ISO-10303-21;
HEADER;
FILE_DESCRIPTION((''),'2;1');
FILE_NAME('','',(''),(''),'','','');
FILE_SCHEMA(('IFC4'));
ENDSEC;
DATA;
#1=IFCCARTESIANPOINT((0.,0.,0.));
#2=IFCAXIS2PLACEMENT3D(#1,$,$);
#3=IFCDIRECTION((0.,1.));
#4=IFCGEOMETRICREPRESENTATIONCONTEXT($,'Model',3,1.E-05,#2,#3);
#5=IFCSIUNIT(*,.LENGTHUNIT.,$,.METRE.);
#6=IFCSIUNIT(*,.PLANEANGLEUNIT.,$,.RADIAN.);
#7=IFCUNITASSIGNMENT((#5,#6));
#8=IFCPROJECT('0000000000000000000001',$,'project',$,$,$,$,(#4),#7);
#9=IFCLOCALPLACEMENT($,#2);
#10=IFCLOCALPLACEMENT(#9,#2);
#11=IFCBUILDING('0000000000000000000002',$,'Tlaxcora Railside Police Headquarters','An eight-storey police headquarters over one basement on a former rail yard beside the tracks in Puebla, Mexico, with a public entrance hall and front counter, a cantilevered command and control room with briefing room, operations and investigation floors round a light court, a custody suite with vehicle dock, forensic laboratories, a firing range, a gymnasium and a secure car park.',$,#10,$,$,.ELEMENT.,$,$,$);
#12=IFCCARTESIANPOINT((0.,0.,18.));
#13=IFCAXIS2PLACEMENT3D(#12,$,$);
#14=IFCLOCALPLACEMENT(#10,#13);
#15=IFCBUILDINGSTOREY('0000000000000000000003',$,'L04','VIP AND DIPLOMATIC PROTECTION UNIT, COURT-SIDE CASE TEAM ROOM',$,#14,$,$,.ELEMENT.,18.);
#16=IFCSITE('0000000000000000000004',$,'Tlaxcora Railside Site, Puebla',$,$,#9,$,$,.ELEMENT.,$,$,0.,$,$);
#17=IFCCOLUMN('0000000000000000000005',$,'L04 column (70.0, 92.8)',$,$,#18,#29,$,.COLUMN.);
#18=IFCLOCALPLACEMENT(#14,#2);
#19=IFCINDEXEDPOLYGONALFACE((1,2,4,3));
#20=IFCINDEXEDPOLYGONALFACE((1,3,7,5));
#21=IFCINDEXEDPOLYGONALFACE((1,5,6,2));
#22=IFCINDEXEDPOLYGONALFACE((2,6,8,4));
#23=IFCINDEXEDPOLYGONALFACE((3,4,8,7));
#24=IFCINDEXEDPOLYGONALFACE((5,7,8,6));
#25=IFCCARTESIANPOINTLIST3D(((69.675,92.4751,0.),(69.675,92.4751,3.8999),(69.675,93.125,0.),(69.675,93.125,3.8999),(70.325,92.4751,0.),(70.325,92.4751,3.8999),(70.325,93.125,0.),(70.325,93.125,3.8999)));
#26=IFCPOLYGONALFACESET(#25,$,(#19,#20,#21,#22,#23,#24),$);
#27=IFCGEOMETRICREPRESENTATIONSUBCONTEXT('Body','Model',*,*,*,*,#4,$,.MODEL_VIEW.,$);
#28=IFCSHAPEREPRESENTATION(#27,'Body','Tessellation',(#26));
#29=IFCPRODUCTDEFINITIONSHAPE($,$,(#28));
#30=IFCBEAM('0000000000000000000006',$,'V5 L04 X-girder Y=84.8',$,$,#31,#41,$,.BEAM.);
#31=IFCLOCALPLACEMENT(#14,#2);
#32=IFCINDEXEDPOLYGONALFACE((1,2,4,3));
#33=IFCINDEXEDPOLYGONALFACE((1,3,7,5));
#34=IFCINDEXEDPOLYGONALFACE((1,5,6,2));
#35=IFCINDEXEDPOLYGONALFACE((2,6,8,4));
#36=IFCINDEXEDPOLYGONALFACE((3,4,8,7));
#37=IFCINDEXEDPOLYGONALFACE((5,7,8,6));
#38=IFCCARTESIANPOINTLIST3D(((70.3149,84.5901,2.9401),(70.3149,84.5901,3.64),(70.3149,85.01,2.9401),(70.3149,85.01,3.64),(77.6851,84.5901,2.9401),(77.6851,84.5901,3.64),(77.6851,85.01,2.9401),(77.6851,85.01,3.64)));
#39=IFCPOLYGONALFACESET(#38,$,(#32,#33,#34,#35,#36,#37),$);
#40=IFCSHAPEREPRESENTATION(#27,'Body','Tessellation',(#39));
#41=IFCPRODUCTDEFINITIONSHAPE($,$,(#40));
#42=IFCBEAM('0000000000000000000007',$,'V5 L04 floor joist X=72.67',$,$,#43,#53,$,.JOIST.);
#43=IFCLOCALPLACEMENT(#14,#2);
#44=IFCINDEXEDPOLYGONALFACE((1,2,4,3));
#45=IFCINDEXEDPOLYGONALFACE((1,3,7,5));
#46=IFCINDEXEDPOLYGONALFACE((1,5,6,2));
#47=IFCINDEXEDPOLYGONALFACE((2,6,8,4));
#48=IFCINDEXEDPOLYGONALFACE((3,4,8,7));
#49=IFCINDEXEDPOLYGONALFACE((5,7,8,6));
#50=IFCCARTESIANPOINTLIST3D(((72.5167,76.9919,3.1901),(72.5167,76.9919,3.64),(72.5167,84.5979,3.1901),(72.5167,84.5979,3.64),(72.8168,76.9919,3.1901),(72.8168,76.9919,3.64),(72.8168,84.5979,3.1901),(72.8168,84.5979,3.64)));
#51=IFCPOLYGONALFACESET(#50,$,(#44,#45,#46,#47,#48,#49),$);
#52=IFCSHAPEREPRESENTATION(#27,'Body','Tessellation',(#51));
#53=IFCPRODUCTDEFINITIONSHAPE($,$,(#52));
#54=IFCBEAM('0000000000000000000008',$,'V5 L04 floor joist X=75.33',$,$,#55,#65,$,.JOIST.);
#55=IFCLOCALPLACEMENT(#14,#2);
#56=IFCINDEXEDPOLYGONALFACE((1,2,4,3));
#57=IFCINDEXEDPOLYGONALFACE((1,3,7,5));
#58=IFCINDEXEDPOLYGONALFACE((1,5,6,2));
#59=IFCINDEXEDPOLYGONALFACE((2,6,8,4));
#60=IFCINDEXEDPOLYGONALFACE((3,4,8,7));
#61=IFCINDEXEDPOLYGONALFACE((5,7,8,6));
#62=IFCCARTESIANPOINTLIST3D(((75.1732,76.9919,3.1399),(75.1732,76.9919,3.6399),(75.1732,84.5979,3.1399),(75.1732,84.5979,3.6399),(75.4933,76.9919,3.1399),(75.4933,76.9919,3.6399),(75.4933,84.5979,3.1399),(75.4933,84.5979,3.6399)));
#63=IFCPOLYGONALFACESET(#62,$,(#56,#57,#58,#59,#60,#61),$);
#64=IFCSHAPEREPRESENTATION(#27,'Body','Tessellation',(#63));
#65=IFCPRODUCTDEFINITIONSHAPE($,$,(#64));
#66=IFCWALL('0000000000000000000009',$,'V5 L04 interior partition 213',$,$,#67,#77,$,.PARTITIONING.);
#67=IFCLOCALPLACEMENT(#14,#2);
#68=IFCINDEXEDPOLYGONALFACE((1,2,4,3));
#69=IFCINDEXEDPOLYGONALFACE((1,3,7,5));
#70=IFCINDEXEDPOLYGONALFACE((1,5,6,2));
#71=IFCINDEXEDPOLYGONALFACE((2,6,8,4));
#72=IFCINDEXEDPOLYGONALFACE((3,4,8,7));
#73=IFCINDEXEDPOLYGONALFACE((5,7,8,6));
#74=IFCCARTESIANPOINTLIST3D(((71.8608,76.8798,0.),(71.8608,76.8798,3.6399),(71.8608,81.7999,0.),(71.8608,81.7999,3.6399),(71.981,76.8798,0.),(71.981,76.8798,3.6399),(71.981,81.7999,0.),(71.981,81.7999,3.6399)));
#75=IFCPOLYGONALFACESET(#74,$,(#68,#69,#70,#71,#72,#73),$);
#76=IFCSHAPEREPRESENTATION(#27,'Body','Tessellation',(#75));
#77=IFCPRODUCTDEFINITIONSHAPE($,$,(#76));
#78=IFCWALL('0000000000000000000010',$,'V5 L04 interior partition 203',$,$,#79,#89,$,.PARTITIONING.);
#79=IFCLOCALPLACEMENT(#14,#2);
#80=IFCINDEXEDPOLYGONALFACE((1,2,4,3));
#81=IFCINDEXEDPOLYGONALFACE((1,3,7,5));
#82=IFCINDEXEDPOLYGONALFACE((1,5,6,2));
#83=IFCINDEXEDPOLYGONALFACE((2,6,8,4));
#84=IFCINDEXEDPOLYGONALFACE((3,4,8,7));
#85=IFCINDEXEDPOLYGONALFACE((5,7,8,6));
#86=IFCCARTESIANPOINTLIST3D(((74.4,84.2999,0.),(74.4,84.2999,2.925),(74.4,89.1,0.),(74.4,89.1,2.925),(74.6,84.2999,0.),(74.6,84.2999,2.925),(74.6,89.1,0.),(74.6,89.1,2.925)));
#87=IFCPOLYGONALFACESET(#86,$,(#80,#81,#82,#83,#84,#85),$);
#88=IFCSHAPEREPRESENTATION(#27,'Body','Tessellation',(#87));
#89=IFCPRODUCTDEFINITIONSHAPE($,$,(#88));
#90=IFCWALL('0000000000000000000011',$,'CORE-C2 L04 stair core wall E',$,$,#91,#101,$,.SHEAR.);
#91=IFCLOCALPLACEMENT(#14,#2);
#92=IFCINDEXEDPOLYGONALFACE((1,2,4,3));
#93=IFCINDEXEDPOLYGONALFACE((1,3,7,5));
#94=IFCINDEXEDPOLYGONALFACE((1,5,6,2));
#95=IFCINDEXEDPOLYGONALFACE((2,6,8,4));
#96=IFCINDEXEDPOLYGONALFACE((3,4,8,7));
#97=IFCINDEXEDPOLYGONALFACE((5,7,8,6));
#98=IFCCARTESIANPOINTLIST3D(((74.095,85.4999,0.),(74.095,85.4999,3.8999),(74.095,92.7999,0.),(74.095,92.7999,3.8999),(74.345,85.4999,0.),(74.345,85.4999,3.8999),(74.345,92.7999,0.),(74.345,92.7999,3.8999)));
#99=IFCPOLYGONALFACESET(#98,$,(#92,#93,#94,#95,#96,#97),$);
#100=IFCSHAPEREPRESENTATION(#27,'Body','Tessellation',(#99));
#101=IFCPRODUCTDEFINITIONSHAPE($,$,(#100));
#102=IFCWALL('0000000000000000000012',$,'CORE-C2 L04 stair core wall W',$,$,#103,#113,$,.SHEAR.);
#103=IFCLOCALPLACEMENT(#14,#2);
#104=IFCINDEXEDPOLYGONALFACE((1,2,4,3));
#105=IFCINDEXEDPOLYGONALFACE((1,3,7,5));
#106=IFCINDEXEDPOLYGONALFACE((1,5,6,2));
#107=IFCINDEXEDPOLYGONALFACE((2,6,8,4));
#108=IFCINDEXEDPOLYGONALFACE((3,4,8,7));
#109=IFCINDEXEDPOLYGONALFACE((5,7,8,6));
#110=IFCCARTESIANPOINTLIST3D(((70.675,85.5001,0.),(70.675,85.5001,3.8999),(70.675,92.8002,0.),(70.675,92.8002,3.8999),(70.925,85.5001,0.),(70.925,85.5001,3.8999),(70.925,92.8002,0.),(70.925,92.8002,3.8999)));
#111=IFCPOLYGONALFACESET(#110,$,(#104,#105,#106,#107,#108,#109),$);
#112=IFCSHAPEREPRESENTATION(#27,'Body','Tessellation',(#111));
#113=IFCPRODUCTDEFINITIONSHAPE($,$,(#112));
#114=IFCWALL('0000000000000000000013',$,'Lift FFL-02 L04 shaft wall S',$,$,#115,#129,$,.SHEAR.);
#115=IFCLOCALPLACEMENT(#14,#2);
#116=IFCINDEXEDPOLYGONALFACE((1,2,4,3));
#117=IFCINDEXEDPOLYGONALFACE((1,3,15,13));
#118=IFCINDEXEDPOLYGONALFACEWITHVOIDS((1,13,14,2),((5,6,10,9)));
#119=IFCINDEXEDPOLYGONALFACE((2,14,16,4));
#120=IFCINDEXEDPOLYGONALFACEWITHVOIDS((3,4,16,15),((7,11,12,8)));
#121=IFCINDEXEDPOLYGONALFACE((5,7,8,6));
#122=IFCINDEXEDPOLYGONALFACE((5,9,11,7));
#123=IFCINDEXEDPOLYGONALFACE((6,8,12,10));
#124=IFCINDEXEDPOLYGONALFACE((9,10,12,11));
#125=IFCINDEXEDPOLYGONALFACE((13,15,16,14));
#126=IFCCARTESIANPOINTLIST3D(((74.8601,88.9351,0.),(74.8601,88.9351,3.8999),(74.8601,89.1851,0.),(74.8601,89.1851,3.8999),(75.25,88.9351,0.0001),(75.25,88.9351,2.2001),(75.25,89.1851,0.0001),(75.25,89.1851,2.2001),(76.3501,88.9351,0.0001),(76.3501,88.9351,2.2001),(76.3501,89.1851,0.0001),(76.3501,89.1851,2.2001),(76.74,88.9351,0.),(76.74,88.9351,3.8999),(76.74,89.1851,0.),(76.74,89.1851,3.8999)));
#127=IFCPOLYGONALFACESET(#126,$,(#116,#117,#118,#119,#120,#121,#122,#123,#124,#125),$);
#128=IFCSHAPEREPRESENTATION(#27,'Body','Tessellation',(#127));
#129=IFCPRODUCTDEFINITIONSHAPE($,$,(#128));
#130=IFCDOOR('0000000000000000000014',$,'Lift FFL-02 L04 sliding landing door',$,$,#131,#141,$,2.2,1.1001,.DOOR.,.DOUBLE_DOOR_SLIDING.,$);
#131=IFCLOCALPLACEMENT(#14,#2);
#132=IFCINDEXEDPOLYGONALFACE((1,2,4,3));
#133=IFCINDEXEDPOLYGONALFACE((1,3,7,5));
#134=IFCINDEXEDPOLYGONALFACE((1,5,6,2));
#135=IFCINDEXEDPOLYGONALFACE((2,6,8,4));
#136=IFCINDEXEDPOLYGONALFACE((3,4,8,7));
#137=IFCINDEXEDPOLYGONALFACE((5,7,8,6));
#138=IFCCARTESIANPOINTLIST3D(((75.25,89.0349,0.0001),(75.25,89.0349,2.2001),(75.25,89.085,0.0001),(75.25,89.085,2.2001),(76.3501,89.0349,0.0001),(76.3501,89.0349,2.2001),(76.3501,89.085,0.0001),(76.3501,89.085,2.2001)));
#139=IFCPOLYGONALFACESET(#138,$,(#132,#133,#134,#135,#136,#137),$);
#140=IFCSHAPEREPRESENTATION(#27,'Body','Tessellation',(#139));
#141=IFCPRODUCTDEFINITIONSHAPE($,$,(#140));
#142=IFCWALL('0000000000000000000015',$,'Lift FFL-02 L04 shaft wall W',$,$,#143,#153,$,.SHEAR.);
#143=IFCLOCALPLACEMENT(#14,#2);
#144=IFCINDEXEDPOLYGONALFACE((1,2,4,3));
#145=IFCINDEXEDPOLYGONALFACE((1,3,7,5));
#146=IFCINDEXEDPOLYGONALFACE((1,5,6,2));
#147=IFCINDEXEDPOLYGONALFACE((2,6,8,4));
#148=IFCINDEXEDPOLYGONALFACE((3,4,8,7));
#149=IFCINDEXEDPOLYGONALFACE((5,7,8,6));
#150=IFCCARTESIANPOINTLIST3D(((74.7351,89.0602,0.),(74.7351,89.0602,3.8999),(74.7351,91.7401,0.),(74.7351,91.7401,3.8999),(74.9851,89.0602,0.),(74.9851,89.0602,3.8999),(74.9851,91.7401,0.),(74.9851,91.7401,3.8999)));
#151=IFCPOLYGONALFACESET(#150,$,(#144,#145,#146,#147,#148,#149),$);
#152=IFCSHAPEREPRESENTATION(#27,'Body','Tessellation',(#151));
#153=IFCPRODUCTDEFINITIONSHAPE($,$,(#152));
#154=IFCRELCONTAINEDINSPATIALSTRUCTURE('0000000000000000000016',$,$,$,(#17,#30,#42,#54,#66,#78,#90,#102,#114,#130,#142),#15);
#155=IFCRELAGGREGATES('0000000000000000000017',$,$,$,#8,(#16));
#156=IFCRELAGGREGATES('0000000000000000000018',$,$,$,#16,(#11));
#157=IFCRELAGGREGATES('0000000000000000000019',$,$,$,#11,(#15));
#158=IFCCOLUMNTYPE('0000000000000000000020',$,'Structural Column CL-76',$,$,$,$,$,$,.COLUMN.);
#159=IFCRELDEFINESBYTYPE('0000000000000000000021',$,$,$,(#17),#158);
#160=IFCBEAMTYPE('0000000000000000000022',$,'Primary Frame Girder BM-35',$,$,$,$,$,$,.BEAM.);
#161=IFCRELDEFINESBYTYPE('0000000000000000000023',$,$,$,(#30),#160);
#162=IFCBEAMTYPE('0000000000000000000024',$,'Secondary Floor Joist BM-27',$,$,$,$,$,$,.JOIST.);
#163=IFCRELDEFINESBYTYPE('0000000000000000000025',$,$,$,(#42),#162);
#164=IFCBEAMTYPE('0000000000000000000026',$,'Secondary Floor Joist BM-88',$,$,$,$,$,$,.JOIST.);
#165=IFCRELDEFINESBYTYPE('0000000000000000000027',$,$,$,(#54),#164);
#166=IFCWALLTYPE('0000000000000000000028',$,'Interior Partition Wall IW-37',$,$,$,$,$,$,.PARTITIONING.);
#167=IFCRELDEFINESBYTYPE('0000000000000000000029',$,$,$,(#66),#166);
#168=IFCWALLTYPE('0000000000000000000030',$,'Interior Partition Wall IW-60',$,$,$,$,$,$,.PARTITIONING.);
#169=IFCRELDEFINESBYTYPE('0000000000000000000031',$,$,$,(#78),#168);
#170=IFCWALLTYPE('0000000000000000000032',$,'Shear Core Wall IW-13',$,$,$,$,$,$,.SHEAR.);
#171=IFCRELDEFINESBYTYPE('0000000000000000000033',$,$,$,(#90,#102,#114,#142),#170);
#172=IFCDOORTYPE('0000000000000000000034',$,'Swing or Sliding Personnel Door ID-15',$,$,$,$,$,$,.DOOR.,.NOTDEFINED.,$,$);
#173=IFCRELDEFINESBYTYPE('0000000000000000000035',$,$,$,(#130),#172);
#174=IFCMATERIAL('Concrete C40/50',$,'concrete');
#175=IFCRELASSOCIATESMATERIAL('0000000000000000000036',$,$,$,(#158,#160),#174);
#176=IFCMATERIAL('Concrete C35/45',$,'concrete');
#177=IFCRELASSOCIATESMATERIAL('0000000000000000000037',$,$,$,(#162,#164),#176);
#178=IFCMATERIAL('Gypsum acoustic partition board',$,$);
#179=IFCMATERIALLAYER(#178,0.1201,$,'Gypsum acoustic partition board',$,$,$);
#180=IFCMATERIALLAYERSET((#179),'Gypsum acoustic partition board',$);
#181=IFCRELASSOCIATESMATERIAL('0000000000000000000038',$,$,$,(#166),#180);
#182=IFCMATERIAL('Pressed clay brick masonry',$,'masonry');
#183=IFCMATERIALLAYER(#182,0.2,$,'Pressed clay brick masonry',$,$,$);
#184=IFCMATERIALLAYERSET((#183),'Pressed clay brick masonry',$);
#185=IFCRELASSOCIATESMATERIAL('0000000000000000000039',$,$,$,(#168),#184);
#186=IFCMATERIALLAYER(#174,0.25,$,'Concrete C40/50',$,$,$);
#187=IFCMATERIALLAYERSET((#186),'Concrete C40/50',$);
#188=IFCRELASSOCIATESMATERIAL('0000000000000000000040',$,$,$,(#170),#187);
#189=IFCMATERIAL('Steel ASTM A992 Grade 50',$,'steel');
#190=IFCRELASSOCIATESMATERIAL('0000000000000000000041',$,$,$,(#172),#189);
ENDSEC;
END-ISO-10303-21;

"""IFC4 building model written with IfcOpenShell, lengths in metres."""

from ifc_helpers import new_model, si_unit, direction, frame, frame_2d, origin, origin_2d, place, context, subcontext, project, spatial, rectangle, extrude, material, layer, layer_set, material_profile, profile_set, type_object, element, fill, save


model = new_model("IFC4")

# Units and contexts
model_context = context("Model", 3, precision=1e-05, world=origin(), true_north=direction((0.0, 1.0)))
body_context = subcontext(model_context, "Body", "Model", "MODEL_VIEW")
ifc_project = project(units=[si_unit("LENGTHUNIT", "METRE"), si_unit("PLANEANGLEUNIT", "RADIAN")], contexts=[model_context])

# Site, building, storey
site_placement = place(None, origin())
site = spatial("IfcSite", under=ifc_project, at=site_placement, Name="Tlaxcora Railside Site, Puebla", CompositionType="ELEMENT", RefElevation=0.0)
building_placement = place(site_placement, origin())
building = spatial("IfcBuilding", under=site, at=building_placement, Name="Tlaxcora Railside Police Headquarters", Description="An eight-storey police headquarters over one basement on a former rail yard beside the tracks in Puebla, Mexico, with a public entrance hall and front counter, a cantilevered command and control room with briefing room, operations and investigation floors round a light court, a custody suite with vehicle dock, forensic laboratories, a firing range, a gymnasium and a secure car park.", CompositionType="ELEMENT")
storey_placement = place(building_placement, frame((0.0, 0.0, 18.0)))
storey = spatial("IfcBuildingStorey", under=building, at=storey_placement, Name="L04", Description="VIP AND DIPLOMATIC PROTECTION UNIT, COURT-SIDE CASE TEAM ROOM", CompositionType="ELEMENT", Elevation=18.0)

# Column
ifc_material_1 = material(Name="Concrete C40/50", Category="concrete")
ifc_material_profile_1 = material_profile(ifc_material_1, rectangle(XDim=0.6499, YDim=0.6499, at=origin_2d()), Name="RC650X650")
ifc_profile_set_1 = profile_set([ifc_material_profile_1], Name="Concrete C40/50")
column_type = type_object("IfcColumnType", Name="Structural Column CL-76", PredefinedType="COLUMN", material=ifc_profile_set_1)
column_placement = place(storey_placement, frame((70.0, 92.8, 0.0), z_axis=(0.0, 0.0, 1.0), x_axis=(1.0, 0.0, 0.0)))
element("IfcColumn", 1, at=column_placement, inside=storey, type_object=column_type, Name="L04 column (70.0, 92.8)", PredefinedType="COLUMN", context=body_context, shape_type="SweptSolid", body=[
    extrude(rectangle(XDim=0.6499, YDim=0.6499, at=origin_2d()), origin(), (0.0, 0.0, 1.0), 3.8999),
])

# Beams
ifc_material_profile_2 = material_profile(ifc_material_1, rectangle(XDim=0.4199, YDim=0.7, at=origin_2d()), Name="RC420X700")
ifc_profile_set_2 = profile_set([ifc_material_profile_2], Name="Concrete C40/50")
beam_type_1 = type_object("IfcBeamType", Name="Primary Frame Girder BM-35", PredefinedType="BEAM", material=ifc_profile_set_2)
beam_1_placement = place(storey_placement, frame((70.3149, 84.8, 3.29), z_axis=(1.0, 0.0, 0.0), x_axis=(0.0, 1.0, 0.0)))
element("IfcBeam", 2, at=beam_1_placement, inside=storey, type_object=beam_type_1, Name="V5 L04 X-girder Y=84.8", PredefinedType="BEAM", context=body_context, shape_type="SweptSolid", body=[
    extrude(rectangle(XDim=0.4199, YDim=0.7, at=origin_2d()), origin(), (0.0, 0.0, 1.0), 7.3701),
])
ifc_material_2 = material(Name="Concrete C35/45", Category="concrete")
ifc_material_profile_3 = material_profile(ifc_material_2, rectangle(XDim=0.3, YDim=0.45, at=origin_2d()), Name="RC300X450")
ifc_profile_set_3 = profile_set([ifc_material_profile_3], Name="Concrete C35/45")
beam_type_2 = type_object("IfcBeamType", Name="Secondary Floor Joist BM-27", PredefinedType="JOIST", material=ifc_profile_set_3)
beam_2_placement = place(storey_placement, frame((72.6667, 76.9919, 3.415), z_axis=(0.0, 1.0, 0.0), x_axis=(-1.0, 0.0, 0.0)))
element("IfcBeam", 3, at=beam_2_placement, inside=storey, type_object=beam_type_2, Name="V5 L04 floor joist X=72.67", PredefinedType="JOIST", context=body_context, shape_type="SweptSolid", body=[
    extrude(rectangle(XDim=0.3, YDim=0.45, at=origin_2d()), origin(), (0.0, 0.0, 1.0), 7.606),
])
ifc_material_profile_4 = material_profile(ifc_material_2, rectangle(XDim=0.3201, YDim=0.5, at=origin_2d()), Name="RC320X500")
ifc_profile_set_4 = profile_set([ifc_material_profile_4], Name="Concrete C35/45")
beam_type_3 = type_object("IfcBeamType", Name="Secondary Floor Joist BM-88", PredefinedType="JOIST", material=ifc_profile_set_4)
beam_3_placement = place(storey_placement, frame((75.3333, 76.9919, 3.3899), z_axis=(0.0, 1.0, 0.0), x_axis=(-1.0, 0.0, 0.0)))
element("IfcBeam", 4, at=beam_3_placement, inside=storey, type_object=beam_type_3, Name="V5 L04 floor joist X=75.33", PredefinedType="JOIST", context=body_context, shape_type="SweptSolid", body=[
    extrude(rectangle(XDim=0.3201, YDim=0.5, at=origin_2d()), origin(), (0.0, 0.0, 1.0), 7.606),
])

# Wall
ifc_material_3 = material(Name="Gypsum acoustic partition board")
ifc_layer_1 = layer(ifc_material_3, 0.1201, Name="Gypsum acoustic partition board")
ifc_layer_set_1 = layer_set([ifc_layer_1], Name="Gypsum acoustic partition board")
wall_type_1 = type_object("IfcWallType", Name="Interior Partition Wall IW-37", PredefinedType="PARTITIONING", material=ifc_layer_set_1)
wall_1_placement = place(storey_placement, frame((71.9209, 76.8799, 0.0), z_axis=(0.0, 0.0, 1.0), x_axis=(0.0, 1.0, 0.0)))
element("IfcWall", 5, at=wall_1_placement, inside=storey, type_object=wall_type_1, Name="V5 L04 interior partition 213", PredefinedType="PARTITIONING", context=body_context, shape_type="SweptSolid", body=[
    extrude(rectangle(XDim=4.9202, YDim=0.1201, at=frame_2d((2.46, 0.0))), origin(), (0.0, 0.0, 1.0), 3.6399),
])

# Shared definitions
ifc_material_4 = material(Name="Pressed clay brick masonry", Category="masonry")
ifc_layer_2 = layer(ifc_material_4, 0.2, Name="Pressed clay brick masonry")
ifc_layer_set_2 = layer_set([ifc_layer_2], Name="Pressed clay brick masonry")
wall_type_2 = type_object("IfcWallType", Name="Interior Partition Wall IW-60", PredefinedType="PARTITIONING", material=ifc_layer_set_2)
ifc_material_5 = material(Name="Steel ASTM A992 Grade 50", Category="steel")

# Wall
wall_2_placement = place(storey_placement, frame((74.5, 84.3, 0.0), z_axis=(0.0, 0.0, 1.0), x_axis=(0.0, 1.0, 0.0)))
element("IfcWall", 6, at=wall_2_placement, inside=storey, type_object=wall_type_2, Name="V5 L04 interior partition 203", PredefinedType="PARTITIONING", context=body_context, shape_type="SweptSolid", body=[
    extrude(rectangle(XDim=4.8, YDim=0.2, at=frame_2d((2.3999, 0.0))), origin(), (0.0, 0.0, 1.0), 2.925),
])

# Shared definitions
ifc_layer_3 = layer(ifc_material_1, 0.25, Name="Concrete C40/50")
ifc_layer_set_3 = layer_set([ifc_layer_3], Name="Concrete C40/50")
wall_type_3 = type_object("IfcWallType", Name="Shear Core Wall IW-13", PredefinedType="SHEAR", material=ifc_layer_set_3)

# Walls
for number, where, z_axis, x_axis, name in (
    (7, (74.22, 85.5, 0.0), (0.0, 0.0, 1.0), (0.0, 1.0, 0.0), "CORE-C2 L04 stair core wall E"),
    (8, (70.8, 92.8, 0.0), (0.0, 0.0, 1.0), (0.0, -1.0, 0.0), "CORE-C2 L04 stair core wall W"),
):
    element("IfcWall", number, at=place(storey_placement, frame(where, z_axis=z_axis, x_axis=x_axis)), inside=storey, type_object=wall_type_3, Name=name, PredefinedType="SHEAR", context=body_context, shape_type="SweptSolid", body=[
        extrude(rectangle(XDim=7.3, YDim=0.25, at=frame_2d((3.6499, 0.0))), origin(), (0.0, 0.0, 1.0), 3.8999),
    ])

# Wall, opening, door
wall_3_placement = place(storey_placement, frame((74.8601, 89.0601, 0.0), z_axis=(0.0, 0.0, 1.0), x_axis=(1.0, 0.0, 0.0)))
wall_3 = element("IfcWall", 9, at=wall_3_placement, inside=storey, type_object=wall_type_3, Name="Lift FFL-02 L04 shaft wall S", PredefinedType="SHEAR", context=body_context, shape_type="SweptSolid", body=[
    extrude(rectangle(XDim=1.8799, YDim=0.25, at=frame_2d((0.9399, 0.0))), origin(), (0.0, 0.0, 1.0), 3.8999),
])
opening_1_placement = place(wall_3_placement, frame((0.3899, 0.0, 0.0)))
opening_1 = element("IfcOpeningElement", 10, at=opening_1_placement, cuts=wall_3, PredefinedType="OPENING", context=body_context, shape_type="SweptSolid", body=[
    extrude(rectangle(XDim=1.1001, YDim=2.2, at=frame_2d((0.55, 1.1001))), frame((0.0, 0.135, 0.0), z_axis=(0.0, -1.0, 0.0), x_axis=(1.0, 0.0, 0.0)), (0.0, 0.0, 1.0), 0.27),
])
door_type_1 = type_object("IfcDoorType", Name="Swing or Sliding Personnel Door ID-15", OperationType="NOTDEFINED", PredefinedType="DOOR", material=ifc_material_5)
door_1_placement = place(opening_1_placement, origin())
door_1 = element("IfcDoor", 11, at=door_1_placement, inside=storey, type_object=door_type_1, Name="Lift FFL-02 L04 sliding landing door", OperationType="DOUBLE_DOOR_SLIDING", OverallHeight=2.2, OverallWidth=1.1001, PredefinedType="DOOR", context=body_context, shape_type="SweptSolid", body=[
    extrude(rectangle(XDim=1.1001, YDim=2.2, at=frame_2d((0.55, 1.1001))), frame((0.0, 0.0249, 0.0), z_axis=(0.0, -1.0, 0.0), x_axis=(1.0, 0.0, 0.0)), (0.0, 0.0, 1.0), 0.05),
])
fill(opening_1, door_1)

# Wall
wall_4_placement = place(storey_placement, frame((74.8601, 91.74, 0.0), z_axis=(0.0, 0.0, 1.0), x_axis=(0.0, -1.0, 0.0)))
element("IfcWall", 12, at=wall_4_placement, inside=storey, type_object=wall_type_3, Name="Lift FFL-02 L04 shaft wall W", PredefinedType="SHEAR", context=body_context, shape_type="SweptSolid", body=[
    extrude(rectangle(XDim=2.6799, YDim=0.25, at=frame_2d((1.3398, 0.0))), origin(), (0.0, 0.0, 1.0), 3.8999),
])

save(model, "model.ifc")
